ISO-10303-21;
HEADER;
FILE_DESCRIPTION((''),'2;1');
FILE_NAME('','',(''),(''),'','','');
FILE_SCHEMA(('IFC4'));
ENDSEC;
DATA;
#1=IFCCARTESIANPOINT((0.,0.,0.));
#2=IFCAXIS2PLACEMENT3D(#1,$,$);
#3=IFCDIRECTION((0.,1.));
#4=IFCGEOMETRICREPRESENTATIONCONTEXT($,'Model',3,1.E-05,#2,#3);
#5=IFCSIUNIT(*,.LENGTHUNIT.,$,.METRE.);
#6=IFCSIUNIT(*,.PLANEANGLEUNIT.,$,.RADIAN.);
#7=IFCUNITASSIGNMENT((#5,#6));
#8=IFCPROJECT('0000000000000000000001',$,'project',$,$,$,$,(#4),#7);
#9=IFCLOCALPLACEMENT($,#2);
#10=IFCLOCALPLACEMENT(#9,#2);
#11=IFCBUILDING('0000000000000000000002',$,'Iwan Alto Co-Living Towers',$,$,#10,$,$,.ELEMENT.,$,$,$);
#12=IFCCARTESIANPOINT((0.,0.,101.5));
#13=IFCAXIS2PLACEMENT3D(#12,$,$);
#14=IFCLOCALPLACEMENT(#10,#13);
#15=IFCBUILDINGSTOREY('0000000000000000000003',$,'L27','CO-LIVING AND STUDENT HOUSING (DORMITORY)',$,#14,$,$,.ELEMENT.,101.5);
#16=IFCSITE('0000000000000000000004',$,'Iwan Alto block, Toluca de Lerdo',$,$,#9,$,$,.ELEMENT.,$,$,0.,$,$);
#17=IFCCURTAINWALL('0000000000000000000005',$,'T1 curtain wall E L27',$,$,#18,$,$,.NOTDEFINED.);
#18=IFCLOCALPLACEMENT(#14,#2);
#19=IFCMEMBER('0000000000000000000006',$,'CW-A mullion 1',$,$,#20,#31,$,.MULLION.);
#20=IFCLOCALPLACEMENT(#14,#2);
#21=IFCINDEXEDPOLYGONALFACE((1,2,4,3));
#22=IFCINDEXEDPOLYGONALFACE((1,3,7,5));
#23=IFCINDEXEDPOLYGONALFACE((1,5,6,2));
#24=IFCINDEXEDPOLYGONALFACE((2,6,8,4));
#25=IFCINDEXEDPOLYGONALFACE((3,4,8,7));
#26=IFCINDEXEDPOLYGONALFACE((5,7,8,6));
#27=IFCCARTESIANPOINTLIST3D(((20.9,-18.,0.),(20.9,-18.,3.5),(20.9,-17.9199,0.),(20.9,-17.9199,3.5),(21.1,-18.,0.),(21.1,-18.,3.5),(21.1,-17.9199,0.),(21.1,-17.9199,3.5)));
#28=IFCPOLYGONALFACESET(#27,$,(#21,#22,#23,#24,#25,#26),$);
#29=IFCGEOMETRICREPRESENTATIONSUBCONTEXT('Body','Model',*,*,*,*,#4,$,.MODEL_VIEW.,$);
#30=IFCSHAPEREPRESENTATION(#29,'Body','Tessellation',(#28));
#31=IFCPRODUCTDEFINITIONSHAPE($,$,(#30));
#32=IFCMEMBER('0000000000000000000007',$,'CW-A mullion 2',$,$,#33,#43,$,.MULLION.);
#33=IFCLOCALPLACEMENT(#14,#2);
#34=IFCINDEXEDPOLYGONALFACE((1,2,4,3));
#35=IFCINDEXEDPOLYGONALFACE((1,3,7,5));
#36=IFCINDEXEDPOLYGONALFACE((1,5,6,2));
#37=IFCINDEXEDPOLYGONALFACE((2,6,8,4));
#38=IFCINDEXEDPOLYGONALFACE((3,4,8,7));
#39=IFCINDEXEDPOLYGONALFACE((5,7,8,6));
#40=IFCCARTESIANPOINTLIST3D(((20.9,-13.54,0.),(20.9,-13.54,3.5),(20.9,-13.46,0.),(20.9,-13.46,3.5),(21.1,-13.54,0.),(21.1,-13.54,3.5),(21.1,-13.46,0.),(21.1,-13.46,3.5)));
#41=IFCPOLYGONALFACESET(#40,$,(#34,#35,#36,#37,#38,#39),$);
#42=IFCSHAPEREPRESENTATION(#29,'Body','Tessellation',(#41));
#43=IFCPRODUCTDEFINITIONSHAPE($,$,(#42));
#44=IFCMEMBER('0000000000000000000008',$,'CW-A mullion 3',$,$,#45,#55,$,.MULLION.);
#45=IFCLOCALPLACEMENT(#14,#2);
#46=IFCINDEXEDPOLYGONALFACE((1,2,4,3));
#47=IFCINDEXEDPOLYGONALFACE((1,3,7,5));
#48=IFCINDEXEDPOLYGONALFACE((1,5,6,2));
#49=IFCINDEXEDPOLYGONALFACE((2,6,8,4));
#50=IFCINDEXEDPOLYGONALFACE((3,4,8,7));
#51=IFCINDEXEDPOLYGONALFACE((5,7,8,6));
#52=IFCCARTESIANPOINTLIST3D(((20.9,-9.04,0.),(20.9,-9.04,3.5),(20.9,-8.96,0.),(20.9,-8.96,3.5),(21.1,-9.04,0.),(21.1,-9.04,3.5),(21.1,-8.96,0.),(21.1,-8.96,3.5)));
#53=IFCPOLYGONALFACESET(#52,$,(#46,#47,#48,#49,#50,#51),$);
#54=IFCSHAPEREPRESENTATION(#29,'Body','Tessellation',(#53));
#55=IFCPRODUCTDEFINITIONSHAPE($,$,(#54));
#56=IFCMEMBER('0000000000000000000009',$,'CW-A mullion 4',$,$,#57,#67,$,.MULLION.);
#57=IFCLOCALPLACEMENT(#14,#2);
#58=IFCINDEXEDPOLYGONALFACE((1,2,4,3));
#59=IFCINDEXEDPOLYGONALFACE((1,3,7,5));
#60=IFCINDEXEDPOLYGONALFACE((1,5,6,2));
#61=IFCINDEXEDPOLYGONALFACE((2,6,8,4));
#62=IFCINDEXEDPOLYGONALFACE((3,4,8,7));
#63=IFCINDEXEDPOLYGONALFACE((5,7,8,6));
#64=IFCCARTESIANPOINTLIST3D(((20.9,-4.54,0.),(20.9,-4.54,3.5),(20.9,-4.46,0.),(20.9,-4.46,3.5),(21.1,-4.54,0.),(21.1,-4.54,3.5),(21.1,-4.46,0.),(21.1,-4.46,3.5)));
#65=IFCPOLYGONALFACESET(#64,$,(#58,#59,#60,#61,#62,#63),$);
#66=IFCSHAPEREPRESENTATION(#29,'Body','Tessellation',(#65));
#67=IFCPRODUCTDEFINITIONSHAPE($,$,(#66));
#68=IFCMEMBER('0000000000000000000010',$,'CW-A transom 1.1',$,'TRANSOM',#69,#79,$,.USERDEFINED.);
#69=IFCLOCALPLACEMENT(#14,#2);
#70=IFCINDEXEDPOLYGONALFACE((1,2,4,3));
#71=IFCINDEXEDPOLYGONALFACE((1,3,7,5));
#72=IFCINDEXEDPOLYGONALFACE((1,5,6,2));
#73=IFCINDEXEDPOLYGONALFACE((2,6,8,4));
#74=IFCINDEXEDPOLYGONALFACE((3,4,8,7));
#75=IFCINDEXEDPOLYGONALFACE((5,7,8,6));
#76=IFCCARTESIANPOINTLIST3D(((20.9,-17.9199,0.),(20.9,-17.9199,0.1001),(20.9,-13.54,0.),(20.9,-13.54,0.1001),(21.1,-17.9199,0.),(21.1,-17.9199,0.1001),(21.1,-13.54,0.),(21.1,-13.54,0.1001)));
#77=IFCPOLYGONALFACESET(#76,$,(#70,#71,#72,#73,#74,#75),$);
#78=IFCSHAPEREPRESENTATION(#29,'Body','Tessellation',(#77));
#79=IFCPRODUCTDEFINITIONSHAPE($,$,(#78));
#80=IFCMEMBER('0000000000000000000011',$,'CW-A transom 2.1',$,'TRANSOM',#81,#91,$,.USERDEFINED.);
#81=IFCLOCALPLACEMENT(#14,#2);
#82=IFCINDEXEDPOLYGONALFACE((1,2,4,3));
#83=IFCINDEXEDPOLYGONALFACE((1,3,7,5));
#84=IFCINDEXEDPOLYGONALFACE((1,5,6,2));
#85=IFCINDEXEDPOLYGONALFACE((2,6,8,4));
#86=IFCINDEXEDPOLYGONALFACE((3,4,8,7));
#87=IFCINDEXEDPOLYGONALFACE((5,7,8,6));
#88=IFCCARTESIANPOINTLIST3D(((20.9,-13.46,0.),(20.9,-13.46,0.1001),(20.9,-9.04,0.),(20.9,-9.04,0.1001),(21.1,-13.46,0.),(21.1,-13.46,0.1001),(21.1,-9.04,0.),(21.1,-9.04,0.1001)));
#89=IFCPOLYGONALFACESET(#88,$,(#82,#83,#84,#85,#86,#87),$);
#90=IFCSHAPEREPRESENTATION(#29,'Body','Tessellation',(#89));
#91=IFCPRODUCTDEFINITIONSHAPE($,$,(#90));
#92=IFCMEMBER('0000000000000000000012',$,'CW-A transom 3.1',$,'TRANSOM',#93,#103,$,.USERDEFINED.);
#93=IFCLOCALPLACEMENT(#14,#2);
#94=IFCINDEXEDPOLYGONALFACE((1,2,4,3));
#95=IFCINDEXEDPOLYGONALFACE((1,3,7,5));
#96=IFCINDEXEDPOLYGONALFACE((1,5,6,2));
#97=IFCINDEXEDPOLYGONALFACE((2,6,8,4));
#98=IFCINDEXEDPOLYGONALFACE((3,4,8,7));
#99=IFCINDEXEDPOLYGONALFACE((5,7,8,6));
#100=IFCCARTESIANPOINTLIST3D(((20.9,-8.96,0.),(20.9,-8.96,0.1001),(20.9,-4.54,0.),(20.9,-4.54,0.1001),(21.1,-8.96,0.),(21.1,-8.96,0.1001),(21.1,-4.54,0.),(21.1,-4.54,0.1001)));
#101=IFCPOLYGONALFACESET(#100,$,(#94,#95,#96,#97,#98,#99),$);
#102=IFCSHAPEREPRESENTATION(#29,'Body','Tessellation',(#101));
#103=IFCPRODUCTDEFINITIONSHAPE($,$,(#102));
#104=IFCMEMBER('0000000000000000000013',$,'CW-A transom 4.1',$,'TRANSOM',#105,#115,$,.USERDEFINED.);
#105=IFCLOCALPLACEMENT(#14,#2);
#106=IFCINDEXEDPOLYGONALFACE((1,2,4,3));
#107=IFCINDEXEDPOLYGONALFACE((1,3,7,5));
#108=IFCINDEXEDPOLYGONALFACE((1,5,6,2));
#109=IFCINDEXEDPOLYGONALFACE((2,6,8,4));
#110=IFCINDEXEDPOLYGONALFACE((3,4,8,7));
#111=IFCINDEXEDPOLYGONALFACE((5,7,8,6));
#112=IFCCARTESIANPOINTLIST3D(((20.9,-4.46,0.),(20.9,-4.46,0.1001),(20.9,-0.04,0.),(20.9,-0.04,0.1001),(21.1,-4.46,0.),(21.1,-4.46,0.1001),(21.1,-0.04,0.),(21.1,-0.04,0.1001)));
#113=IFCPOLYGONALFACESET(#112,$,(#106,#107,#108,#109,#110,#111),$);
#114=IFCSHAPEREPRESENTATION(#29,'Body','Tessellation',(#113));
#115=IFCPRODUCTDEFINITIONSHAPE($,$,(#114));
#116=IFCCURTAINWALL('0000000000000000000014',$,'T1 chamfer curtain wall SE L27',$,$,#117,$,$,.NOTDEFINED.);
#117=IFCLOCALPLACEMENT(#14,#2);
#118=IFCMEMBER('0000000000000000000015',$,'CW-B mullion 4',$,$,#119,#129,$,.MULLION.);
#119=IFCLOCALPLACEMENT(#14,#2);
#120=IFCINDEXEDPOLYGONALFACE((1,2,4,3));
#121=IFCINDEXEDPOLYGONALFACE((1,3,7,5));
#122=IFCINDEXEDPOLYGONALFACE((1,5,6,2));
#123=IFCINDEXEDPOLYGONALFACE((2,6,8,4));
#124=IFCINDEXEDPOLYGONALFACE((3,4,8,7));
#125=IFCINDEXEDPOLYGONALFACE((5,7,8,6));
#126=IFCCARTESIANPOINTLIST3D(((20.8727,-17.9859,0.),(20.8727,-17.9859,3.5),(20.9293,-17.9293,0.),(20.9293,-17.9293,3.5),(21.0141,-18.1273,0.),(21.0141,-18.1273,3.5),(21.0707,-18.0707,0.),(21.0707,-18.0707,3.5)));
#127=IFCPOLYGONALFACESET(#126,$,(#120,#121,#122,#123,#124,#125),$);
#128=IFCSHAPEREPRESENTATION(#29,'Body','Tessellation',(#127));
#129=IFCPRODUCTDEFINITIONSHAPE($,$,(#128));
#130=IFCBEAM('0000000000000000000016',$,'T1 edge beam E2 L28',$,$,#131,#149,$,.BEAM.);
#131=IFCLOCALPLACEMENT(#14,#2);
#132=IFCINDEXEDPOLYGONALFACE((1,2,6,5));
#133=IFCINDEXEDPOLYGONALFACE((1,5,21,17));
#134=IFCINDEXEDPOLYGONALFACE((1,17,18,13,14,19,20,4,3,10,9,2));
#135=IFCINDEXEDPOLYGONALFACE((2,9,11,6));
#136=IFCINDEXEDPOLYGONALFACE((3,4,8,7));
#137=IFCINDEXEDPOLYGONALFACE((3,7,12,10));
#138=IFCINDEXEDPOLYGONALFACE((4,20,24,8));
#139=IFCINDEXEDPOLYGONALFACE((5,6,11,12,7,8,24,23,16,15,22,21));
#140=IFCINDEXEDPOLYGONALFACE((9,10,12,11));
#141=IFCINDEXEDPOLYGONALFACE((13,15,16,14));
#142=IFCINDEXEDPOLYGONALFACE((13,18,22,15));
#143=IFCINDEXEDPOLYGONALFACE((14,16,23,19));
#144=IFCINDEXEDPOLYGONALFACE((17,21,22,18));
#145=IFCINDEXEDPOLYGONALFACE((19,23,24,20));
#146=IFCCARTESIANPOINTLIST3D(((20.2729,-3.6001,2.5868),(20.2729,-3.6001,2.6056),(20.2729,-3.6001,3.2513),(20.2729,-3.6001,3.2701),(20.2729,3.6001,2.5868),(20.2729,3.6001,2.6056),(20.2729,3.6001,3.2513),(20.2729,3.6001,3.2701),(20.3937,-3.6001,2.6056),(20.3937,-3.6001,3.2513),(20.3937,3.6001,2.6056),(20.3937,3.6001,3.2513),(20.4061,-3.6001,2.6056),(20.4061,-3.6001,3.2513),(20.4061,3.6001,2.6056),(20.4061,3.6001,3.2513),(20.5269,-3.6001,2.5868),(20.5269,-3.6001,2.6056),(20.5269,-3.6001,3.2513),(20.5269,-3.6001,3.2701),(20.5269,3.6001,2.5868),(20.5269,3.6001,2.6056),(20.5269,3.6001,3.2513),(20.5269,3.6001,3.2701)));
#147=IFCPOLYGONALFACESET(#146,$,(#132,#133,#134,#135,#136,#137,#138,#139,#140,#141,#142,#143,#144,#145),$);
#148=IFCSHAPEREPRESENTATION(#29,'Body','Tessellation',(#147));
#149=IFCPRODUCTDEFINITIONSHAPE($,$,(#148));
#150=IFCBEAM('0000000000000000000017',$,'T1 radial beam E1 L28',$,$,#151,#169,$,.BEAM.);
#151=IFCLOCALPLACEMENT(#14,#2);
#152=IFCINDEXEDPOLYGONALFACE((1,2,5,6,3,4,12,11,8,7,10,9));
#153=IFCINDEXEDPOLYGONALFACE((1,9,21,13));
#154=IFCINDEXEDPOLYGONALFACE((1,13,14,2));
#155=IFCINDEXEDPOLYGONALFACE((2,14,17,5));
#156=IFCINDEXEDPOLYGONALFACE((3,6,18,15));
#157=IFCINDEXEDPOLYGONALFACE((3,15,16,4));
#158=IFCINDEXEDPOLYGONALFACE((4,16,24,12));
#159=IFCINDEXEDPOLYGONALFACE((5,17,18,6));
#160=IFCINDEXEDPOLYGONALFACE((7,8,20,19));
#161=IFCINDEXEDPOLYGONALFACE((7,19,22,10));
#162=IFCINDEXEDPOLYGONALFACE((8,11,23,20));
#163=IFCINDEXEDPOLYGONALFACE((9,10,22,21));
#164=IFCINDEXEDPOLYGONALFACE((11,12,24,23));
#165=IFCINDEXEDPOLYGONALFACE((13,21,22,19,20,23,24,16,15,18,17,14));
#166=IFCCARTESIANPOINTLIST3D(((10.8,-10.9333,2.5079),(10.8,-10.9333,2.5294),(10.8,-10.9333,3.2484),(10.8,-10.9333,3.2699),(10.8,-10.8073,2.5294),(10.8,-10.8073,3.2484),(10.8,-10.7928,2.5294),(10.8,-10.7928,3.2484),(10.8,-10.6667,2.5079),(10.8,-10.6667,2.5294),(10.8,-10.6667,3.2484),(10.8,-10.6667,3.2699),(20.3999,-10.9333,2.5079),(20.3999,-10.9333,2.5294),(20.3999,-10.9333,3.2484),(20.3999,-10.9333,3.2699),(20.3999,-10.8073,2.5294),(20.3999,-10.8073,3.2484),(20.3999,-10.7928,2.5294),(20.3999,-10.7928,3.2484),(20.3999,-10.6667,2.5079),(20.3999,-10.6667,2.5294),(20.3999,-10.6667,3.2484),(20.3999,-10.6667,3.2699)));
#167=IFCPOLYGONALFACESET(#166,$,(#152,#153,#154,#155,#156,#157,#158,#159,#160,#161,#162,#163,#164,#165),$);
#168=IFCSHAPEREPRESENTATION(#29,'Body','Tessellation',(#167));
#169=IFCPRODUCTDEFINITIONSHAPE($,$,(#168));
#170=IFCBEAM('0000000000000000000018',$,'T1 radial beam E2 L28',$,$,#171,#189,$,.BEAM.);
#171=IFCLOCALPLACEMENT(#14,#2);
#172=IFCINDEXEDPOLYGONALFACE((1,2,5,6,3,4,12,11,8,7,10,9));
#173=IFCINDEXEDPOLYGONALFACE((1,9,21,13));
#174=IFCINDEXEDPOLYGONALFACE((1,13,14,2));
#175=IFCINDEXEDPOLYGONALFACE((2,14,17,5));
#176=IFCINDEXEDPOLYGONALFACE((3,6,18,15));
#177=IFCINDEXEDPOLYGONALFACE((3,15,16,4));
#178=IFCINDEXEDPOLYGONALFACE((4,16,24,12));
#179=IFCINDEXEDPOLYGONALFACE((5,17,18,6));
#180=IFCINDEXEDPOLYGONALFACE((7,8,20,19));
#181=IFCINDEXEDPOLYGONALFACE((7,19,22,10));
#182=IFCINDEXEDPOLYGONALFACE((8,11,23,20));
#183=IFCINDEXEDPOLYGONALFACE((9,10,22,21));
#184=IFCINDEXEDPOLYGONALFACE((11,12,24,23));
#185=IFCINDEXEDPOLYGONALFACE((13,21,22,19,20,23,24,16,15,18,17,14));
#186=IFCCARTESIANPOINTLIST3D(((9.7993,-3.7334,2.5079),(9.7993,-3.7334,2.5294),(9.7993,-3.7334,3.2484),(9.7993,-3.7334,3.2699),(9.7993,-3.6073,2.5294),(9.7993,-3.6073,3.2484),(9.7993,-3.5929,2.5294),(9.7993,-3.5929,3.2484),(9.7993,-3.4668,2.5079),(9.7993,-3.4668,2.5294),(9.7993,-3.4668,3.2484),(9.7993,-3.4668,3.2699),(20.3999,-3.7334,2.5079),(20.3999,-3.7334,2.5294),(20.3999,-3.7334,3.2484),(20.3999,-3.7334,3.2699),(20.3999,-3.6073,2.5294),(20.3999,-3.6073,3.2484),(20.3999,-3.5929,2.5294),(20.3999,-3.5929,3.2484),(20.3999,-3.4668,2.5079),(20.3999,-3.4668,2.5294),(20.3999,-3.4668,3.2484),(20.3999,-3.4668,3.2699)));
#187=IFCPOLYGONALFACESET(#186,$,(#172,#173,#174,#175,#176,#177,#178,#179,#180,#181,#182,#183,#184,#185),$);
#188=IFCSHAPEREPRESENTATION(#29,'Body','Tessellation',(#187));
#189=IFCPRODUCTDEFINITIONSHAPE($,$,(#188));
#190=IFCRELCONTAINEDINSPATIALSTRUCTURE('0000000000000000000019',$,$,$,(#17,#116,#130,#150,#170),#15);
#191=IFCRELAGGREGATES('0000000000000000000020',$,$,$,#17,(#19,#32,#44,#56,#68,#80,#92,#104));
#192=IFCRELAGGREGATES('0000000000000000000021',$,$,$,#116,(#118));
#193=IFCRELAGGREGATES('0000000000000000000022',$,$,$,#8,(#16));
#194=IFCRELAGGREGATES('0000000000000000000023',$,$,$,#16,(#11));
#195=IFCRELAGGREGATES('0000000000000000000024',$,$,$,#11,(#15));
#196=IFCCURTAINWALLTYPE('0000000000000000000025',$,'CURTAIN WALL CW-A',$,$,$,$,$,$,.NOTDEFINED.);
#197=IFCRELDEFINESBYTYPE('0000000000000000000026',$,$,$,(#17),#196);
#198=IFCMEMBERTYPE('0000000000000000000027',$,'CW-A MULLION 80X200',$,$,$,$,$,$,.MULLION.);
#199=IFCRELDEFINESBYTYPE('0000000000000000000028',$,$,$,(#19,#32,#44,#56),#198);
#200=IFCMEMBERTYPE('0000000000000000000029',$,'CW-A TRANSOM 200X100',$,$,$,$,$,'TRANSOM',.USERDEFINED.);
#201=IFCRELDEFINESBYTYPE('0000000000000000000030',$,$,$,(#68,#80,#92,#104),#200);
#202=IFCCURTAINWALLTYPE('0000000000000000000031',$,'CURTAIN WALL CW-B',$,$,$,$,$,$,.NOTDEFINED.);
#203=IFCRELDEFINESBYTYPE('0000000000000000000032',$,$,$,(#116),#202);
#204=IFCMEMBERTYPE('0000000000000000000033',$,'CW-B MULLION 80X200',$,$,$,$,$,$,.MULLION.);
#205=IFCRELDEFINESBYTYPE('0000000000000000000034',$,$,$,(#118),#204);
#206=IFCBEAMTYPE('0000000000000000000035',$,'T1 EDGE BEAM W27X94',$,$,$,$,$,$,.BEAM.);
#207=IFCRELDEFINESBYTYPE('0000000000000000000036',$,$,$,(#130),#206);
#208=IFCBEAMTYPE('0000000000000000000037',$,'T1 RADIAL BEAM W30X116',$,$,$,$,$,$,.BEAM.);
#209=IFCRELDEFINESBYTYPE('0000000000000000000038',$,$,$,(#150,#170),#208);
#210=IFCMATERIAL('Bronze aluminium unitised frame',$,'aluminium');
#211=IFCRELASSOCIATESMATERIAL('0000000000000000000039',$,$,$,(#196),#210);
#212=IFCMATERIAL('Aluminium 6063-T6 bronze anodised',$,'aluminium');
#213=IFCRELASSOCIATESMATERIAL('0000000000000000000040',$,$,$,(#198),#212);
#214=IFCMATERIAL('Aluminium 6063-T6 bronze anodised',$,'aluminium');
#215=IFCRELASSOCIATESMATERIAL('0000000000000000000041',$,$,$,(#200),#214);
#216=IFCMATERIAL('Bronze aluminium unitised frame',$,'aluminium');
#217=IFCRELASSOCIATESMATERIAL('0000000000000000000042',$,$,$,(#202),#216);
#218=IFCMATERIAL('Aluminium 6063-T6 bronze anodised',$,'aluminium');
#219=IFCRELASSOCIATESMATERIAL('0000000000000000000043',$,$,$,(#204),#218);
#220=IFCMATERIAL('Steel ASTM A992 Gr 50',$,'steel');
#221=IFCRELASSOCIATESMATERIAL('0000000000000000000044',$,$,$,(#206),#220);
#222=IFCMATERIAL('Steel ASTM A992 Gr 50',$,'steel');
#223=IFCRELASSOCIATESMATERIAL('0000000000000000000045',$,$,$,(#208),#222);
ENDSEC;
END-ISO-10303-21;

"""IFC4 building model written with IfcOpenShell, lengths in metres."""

from ifc_helpers import new_model, si_unit, direction, frame, origin, origin_2d, place, context, subcontext, project, spatial, rectangle, i_section, extrude, material, material_profile, profile_set, type_object, element, aggregate, save


model = new_model("IFC4")

# Units and contexts
model_context = context("Model", 3, precision=1e-05, world=origin(), true_north=direction((0.0, 1.0)))
body_context = subcontext(model_context, "Body", "Model", "MODEL_VIEW")
ifc_project = project(units=[si_unit("LENGTHUNIT", "METRE"), si_unit("PLANEANGLEUNIT", "RADIAN")], contexts=[model_context])

# Site, building, storey
site_placement = place(None, origin())
site = spatial("IfcSite", under=ifc_project, at=site_placement, Name="Iwan Alto block, Toluca de Lerdo", CompositionType="ELEMENT", RefElevation=0.0)
building_placement = place(site_placement, origin())
building = spatial("IfcBuilding", under=site, at=building_placement, Name="Iwan Alto Co-Living Towers", CompositionType="ELEMENT")
storey_placement = place(building_placement, frame((0.0, 0.0, 101.5)))
storey = spatial("IfcBuildingStorey", under=building, at=storey_placement, Name="L27", Description="CO-LIVING AND STUDENT HOUSING (DORMITORY)", CompositionType="ELEMENT", Elevation=101.5)

# Curtain wall, members
ifc_material_1 = material(Name="Bronze aluminium unitised frame", Category="aluminium")
curtain_wall_type_1 = type_object("IfcCurtainWallType", Name="CURTAIN WALL CW-A", PredefinedType="NOTDEFINED", material=ifc_material_1)
curtain_wall_1_placement = place(storey_placement, origin())
curtain_wall_1 = element("IfcCurtainWall", 1, at=curtain_wall_1_placement, inside=storey, type_object=curtain_wall_type_1, Name="T1 curtain wall E L27", PredefinedType="NOTDEFINED")
ifc_material_2 = material(Name="Aluminium 6063-T6 bronze anodised", Category="aluminium")
ifc_material_profile_1 = material_profile(ifc_material_2, rectangle(XDim=0.2, YDim=0.0801, at=origin_2d()), Name="AL 80X200")
ifc_profile_set_1 = profile_set([ifc_material_profile_1], Name="Aluminium 6063-T6 bronze anodised")
member_type_1 = type_object("IfcMemberType", Name="CW-A MULLION 80X200", PredefinedType="MULLION", material=ifc_profile_set_1)
member_1_placement = place(storey_placement, frame((21.0, -17.96, 0.0), z_axis=(0.0, 0.0, 1.0), x_axis=(-1.0, 0.0, 0.0)))
member_1 = element("IfcMember", 2, at=member_1_placement, type_object=member_type_1, Name="CW-A mullion 1", PredefinedType="MULLION", context=body_context, shape_type="SweptSolid", body=[
    extrude(rectangle(XDim=0.2, YDim=0.0801, at=origin_2d()), origin(), (0.0, 0.0, 1.0), 3.5),
])
member_2_placement = place(storey_placement, frame((21.0, -13.5, 0.0), z_axis=(0.0, 0.0, 1.0), x_axis=(-1.0, 0.0, 0.0)))
member_2 = element("IfcMember", 3, at=member_2_placement, type_object=member_type_1, Name="CW-A mullion 2", PredefinedType="MULLION", context=body_context, shape_type="SweptSolid", body=[
    extrude(rectangle(XDim=0.2, YDim=0.0801, at=origin_2d()), origin(), (0.0, 0.0, 1.0), 3.5),
])
member_3_placement = place(storey_placement, frame((21.0, -9.0, 0.0), z_axis=(0.0, 0.0, 1.0), x_axis=(-1.0, 0.0, 0.0)))
member_3 = element("IfcMember", 4, at=member_3_placement, type_object=member_type_1, Name="CW-A mullion 3", PredefinedType="MULLION", context=body_context, shape_type="SweptSolid", body=[
    extrude(rectangle(XDim=0.2, YDim=0.0801, at=origin_2d()), origin(), (0.0, 0.0, 1.0), 3.5),
])
member_4_placement = place(storey_placement, frame((21.0, -4.5, 0.0), z_axis=(0.0, 0.0, 1.0), x_axis=(-1.0, 0.0, 0.0)))
member_4 = element("IfcMember", 5, at=member_4_placement, type_object=member_type_1, Name="CW-A mullion 4", PredefinedType="MULLION", context=body_context, shape_type="SweptSolid", body=[
    extrude(rectangle(XDim=0.2, YDim=0.0801, at=origin_2d()), origin(), (0.0, 0.0, 1.0), 3.5),
])
ifc_material_3 = material(Name="Aluminium 6063-T6 bronze anodised", Category="aluminium")
ifc_material_profile_2 = material_profile(ifc_material_3, rectangle(XDim=0.2, YDim=0.1001, at=origin_2d()), Name="AL 200X100")
ifc_profile_set_2 = profile_set([ifc_material_profile_2], Name="Aluminium 6063-T6 bronze anodised")
member_type_2 = type_object("IfcMemberType", Name="CW-A TRANSOM 200X100", ElementType="TRANSOM", PredefinedType="USERDEFINED", material=ifc_profile_set_2)
member_5_placement = place(storey_placement, frame((21.0, -17.9199, 0.05), z_axis=(0.0, 1.0, 0.0), x_axis=(-1.0, 0.0, 0.0)))
member_5 = element("IfcMember", 6, at=member_5_placement, type_object=member_type_2, Name="CW-A transom 1.1", ObjectType="TRANSOM", PredefinedType="USERDEFINED", context=body_context, shape_type="SweptSolid", body=[
    extrude(rectangle(XDim=0.2, YDim=0.1001, at=origin_2d()), origin(), (0.0, 0.0, 1.0), 4.3799),
])
member_6_placement = place(storey_placement, frame((21.0, -13.46, 0.05), z_axis=(0.0, 1.0, 0.0), x_axis=(-1.0, 0.0, 0.0)))
member_6 = element("IfcMember", 7, at=member_6_placement, type_object=member_type_2, Name="CW-A transom 2.1", ObjectType="TRANSOM", PredefinedType="USERDEFINED", context=body_context, shape_type="SweptSolid", body=[
    extrude(rectangle(XDim=0.2, YDim=0.1001, at=origin_2d()), origin(), (0.0, 0.0, 1.0), 4.4199),
])
member_7_placement = place(storey_placement, frame((21.0, -8.96, 0.05), z_axis=(0.0, 1.0, 0.0), x_axis=(-1.0, 0.0, 0.0)))
member_7 = element("IfcMember", 8, at=member_7_placement, type_object=member_type_2, Name="CW-A transom 3.1", ObjectType="TRANSOM", PredefinedType="USERDEFINED", context=body_context, shape_type="SweptSolid", body=[
    extrude(rectangle(XDim=0.2, YDim=0.1001, at=origin_2d()), origin(), (0.0, 0.0, 1.0), 4.4199),
])
member_8_placement = place(storey_placement, frame((21.0, -4.46, 0.05), z_axis=(0.0, 1.0, 0.0), x_axis=(-1.0, 0.0, 0.0)))
member_8 = element("IfcMember", 9, at=member_8_placement, type_object=member_type_2, Name="CW-A transom 4.1", ObjectType="TRANSOM", PredefinedType="USERDEFINED", context=body_context, shape_type="SweptSolid", body=[
    extrude(rectangle(XDim=0.2, YDim=0.1001, at=origin_2d()), origin(), (0.0, 0.0, 1.0), 4.4199),
])

# Curtain wall, member
ifc_material_4 = material(Name="Bronze aluminium unitised frame", Category="aluminium")
curtain_wall_type_2 = type_object("IfcCurtainWallType", Name="CURTAIN WALL CW-B", PredefinedType="NOTDEFINED", material=ifc_material_4)
curtain_wall_2_placement = place(storey_placement, origin())
curtain_wall_2 = element("IfcCurtainWall", 10, at=curtain_wall_2_placement, inside=storey, type_object=curtain_wall_type_2, Name="T1 chamfer curtain wall SE L27", PredefinedType="NOTDEFINED")
ifc_material_5 = material(Name="Aluminium 6063-T6 bronze anodised", Category="aluminium")
ifc_material_profile_3 = material_profile(ifc_material_5, rectangle(XDim=0.2, YDim=0.0801, at=origin_2d()), Name="AL 80X200")
ifc_profile_set_3 = profile_set([ifc_material_profile_3], Name="Aluminium 6063-T6 bronze anodised")
member_type_3 = type_object("IfcMemberType", Name="CW-B MULLION 80X200", PredefinedType="MULLION", material=ifc_profile_set_3)
member_9_placement = place(storey_placement, frame((20.9717, -18.0283, 0.0), z_axis=(0.0, 0.0, 1.0), x_axis=(-0.707107, 0.707107, 0.0)))
member_9 = element("IfcMember", 11, at=member_9_placement, type_object=member_type_3, Name="CW-B mullion 4", PredefinedType="MULLION", context=body_context, shape_type="SweptSolid", body=[
    extrude(rectangle(XDim=0.2, YDim=0.0801, at=origin_2d()), origin(), (0.0, 0.0, 1.0), 3.5),
])

# Beams
ifc_material_6 = material(Name="Steel ASTM A992 Gr 50", Category="steel")
ifc_material_profile_4 = material_profile(ifc_material_6, i_section(OverallWidth=0.2539, OverallDepth=0.6833, WebThickness=0.0125, FlangeThickness=0.0188, at=origin_2d()), Name="W27X94")
ifc_profile_set_4 = profile_set([ifc_material_profile_4], Name="Steel ASTM A992 Gr 50")
beam_type_1 = type_object("IfcBeamType", Name="T1 EDGE BEAM W27X94", PredefinedType="BEAM", material=ifc_profile_set_4)
beam_1_placement = place(storey_placement, frame((20.3999, -3.6001, 2.9285), z_axis=(0.0, 1.0, 0.0), x_axis=(-1.0, 0.0, 0.0)))
element("IfcBeam", 12, at=beam_1_placement, inside=storey, type_object=beam_type_1, Name="T1 edge beam E2 L28", PredefinedType="BEAM", context=body_context, shape_type="SweptSolid", body=[
    extrude(i_section(OverallWidth=0.2539, OverallDepth=0.6833, WebThickness=0.0125, FlangeThickness=0.0188, at=origin_2d()), origin(), (0.0, 0.0, 1.0), 7.2002),
])
ifc_material_7 = material(Name="Steel ASTM A992 Gr 50", Category="steel")
ifc_material_profile_5 = material_profile(ifc_material_7, i_section(OverallWidth=0.2666, OverallDepth=0.762, WebThickness=0.0144, FlangeThickness=0.0215, at=origin_2d()), Name="W30X116")
ifc_profile_set_5 = profile_set([ifc_material_profile_5], Name="Steel ASTM A992 Gr 50")
beam_type_2 = type_object("IfcBeamType", Name="T1 RADIAL BEAM W30X116", PredefinedType="BEAM", material=ifc_profile_set_5)
beam_2_placement = place(storey_placement, frame((20.3999, -10.8, 2.8889), z_axis=(-1.0, 0.0, 0.0), x_axis=(0.0, -1.0, 0.0)))
element("IfcBeam", 13, at=beam_2_placement, inside=storey, type_object=beam_type_2, Name="T1 radial beam E1 L28", PredefinedType="BEAM", context=body_context, shape_type="SweptSolid", body=[
    extrude(i_section(OverallWidth=0.2666, OverallDepth=0.762, WebThickness=0.0144, FlangeThickness=0.0215, at=origin_2d()), origin(), (0.0, 0.0, 1.0), 9.5999),
])
beam_3_placement = place(storey_placement, frame((20.3999, -3.6001, 2.8889), z_axis=(-1.0, 0.0, 0.0), x_axis=(0.0, -1.0, 0.0)))
element("IfcBeam", 14, at=beam_3_placement, inside=storey, type_object=beam_type_2, Name="T1 radial beam E2 L28", PredefinedType="BEAM", context=body_context, shape_type="SweptSolid", body=[
    extrude(i_section(OverallWidth=0.2666, OverallDepth=0.762, WebThickness=0.0144, FlangeThickness=0.0215, at=origin_2d()), origin(), (0.0, 0.0, 1.0), 10.6006),
])

aggregate(curtain_wall_1, [member_1, member_2, member_3, member_4, member_5, member_6, member_7, member_8])
aggregate(curtain_wall_2, [member_9])

save(model, "model.ifc")
